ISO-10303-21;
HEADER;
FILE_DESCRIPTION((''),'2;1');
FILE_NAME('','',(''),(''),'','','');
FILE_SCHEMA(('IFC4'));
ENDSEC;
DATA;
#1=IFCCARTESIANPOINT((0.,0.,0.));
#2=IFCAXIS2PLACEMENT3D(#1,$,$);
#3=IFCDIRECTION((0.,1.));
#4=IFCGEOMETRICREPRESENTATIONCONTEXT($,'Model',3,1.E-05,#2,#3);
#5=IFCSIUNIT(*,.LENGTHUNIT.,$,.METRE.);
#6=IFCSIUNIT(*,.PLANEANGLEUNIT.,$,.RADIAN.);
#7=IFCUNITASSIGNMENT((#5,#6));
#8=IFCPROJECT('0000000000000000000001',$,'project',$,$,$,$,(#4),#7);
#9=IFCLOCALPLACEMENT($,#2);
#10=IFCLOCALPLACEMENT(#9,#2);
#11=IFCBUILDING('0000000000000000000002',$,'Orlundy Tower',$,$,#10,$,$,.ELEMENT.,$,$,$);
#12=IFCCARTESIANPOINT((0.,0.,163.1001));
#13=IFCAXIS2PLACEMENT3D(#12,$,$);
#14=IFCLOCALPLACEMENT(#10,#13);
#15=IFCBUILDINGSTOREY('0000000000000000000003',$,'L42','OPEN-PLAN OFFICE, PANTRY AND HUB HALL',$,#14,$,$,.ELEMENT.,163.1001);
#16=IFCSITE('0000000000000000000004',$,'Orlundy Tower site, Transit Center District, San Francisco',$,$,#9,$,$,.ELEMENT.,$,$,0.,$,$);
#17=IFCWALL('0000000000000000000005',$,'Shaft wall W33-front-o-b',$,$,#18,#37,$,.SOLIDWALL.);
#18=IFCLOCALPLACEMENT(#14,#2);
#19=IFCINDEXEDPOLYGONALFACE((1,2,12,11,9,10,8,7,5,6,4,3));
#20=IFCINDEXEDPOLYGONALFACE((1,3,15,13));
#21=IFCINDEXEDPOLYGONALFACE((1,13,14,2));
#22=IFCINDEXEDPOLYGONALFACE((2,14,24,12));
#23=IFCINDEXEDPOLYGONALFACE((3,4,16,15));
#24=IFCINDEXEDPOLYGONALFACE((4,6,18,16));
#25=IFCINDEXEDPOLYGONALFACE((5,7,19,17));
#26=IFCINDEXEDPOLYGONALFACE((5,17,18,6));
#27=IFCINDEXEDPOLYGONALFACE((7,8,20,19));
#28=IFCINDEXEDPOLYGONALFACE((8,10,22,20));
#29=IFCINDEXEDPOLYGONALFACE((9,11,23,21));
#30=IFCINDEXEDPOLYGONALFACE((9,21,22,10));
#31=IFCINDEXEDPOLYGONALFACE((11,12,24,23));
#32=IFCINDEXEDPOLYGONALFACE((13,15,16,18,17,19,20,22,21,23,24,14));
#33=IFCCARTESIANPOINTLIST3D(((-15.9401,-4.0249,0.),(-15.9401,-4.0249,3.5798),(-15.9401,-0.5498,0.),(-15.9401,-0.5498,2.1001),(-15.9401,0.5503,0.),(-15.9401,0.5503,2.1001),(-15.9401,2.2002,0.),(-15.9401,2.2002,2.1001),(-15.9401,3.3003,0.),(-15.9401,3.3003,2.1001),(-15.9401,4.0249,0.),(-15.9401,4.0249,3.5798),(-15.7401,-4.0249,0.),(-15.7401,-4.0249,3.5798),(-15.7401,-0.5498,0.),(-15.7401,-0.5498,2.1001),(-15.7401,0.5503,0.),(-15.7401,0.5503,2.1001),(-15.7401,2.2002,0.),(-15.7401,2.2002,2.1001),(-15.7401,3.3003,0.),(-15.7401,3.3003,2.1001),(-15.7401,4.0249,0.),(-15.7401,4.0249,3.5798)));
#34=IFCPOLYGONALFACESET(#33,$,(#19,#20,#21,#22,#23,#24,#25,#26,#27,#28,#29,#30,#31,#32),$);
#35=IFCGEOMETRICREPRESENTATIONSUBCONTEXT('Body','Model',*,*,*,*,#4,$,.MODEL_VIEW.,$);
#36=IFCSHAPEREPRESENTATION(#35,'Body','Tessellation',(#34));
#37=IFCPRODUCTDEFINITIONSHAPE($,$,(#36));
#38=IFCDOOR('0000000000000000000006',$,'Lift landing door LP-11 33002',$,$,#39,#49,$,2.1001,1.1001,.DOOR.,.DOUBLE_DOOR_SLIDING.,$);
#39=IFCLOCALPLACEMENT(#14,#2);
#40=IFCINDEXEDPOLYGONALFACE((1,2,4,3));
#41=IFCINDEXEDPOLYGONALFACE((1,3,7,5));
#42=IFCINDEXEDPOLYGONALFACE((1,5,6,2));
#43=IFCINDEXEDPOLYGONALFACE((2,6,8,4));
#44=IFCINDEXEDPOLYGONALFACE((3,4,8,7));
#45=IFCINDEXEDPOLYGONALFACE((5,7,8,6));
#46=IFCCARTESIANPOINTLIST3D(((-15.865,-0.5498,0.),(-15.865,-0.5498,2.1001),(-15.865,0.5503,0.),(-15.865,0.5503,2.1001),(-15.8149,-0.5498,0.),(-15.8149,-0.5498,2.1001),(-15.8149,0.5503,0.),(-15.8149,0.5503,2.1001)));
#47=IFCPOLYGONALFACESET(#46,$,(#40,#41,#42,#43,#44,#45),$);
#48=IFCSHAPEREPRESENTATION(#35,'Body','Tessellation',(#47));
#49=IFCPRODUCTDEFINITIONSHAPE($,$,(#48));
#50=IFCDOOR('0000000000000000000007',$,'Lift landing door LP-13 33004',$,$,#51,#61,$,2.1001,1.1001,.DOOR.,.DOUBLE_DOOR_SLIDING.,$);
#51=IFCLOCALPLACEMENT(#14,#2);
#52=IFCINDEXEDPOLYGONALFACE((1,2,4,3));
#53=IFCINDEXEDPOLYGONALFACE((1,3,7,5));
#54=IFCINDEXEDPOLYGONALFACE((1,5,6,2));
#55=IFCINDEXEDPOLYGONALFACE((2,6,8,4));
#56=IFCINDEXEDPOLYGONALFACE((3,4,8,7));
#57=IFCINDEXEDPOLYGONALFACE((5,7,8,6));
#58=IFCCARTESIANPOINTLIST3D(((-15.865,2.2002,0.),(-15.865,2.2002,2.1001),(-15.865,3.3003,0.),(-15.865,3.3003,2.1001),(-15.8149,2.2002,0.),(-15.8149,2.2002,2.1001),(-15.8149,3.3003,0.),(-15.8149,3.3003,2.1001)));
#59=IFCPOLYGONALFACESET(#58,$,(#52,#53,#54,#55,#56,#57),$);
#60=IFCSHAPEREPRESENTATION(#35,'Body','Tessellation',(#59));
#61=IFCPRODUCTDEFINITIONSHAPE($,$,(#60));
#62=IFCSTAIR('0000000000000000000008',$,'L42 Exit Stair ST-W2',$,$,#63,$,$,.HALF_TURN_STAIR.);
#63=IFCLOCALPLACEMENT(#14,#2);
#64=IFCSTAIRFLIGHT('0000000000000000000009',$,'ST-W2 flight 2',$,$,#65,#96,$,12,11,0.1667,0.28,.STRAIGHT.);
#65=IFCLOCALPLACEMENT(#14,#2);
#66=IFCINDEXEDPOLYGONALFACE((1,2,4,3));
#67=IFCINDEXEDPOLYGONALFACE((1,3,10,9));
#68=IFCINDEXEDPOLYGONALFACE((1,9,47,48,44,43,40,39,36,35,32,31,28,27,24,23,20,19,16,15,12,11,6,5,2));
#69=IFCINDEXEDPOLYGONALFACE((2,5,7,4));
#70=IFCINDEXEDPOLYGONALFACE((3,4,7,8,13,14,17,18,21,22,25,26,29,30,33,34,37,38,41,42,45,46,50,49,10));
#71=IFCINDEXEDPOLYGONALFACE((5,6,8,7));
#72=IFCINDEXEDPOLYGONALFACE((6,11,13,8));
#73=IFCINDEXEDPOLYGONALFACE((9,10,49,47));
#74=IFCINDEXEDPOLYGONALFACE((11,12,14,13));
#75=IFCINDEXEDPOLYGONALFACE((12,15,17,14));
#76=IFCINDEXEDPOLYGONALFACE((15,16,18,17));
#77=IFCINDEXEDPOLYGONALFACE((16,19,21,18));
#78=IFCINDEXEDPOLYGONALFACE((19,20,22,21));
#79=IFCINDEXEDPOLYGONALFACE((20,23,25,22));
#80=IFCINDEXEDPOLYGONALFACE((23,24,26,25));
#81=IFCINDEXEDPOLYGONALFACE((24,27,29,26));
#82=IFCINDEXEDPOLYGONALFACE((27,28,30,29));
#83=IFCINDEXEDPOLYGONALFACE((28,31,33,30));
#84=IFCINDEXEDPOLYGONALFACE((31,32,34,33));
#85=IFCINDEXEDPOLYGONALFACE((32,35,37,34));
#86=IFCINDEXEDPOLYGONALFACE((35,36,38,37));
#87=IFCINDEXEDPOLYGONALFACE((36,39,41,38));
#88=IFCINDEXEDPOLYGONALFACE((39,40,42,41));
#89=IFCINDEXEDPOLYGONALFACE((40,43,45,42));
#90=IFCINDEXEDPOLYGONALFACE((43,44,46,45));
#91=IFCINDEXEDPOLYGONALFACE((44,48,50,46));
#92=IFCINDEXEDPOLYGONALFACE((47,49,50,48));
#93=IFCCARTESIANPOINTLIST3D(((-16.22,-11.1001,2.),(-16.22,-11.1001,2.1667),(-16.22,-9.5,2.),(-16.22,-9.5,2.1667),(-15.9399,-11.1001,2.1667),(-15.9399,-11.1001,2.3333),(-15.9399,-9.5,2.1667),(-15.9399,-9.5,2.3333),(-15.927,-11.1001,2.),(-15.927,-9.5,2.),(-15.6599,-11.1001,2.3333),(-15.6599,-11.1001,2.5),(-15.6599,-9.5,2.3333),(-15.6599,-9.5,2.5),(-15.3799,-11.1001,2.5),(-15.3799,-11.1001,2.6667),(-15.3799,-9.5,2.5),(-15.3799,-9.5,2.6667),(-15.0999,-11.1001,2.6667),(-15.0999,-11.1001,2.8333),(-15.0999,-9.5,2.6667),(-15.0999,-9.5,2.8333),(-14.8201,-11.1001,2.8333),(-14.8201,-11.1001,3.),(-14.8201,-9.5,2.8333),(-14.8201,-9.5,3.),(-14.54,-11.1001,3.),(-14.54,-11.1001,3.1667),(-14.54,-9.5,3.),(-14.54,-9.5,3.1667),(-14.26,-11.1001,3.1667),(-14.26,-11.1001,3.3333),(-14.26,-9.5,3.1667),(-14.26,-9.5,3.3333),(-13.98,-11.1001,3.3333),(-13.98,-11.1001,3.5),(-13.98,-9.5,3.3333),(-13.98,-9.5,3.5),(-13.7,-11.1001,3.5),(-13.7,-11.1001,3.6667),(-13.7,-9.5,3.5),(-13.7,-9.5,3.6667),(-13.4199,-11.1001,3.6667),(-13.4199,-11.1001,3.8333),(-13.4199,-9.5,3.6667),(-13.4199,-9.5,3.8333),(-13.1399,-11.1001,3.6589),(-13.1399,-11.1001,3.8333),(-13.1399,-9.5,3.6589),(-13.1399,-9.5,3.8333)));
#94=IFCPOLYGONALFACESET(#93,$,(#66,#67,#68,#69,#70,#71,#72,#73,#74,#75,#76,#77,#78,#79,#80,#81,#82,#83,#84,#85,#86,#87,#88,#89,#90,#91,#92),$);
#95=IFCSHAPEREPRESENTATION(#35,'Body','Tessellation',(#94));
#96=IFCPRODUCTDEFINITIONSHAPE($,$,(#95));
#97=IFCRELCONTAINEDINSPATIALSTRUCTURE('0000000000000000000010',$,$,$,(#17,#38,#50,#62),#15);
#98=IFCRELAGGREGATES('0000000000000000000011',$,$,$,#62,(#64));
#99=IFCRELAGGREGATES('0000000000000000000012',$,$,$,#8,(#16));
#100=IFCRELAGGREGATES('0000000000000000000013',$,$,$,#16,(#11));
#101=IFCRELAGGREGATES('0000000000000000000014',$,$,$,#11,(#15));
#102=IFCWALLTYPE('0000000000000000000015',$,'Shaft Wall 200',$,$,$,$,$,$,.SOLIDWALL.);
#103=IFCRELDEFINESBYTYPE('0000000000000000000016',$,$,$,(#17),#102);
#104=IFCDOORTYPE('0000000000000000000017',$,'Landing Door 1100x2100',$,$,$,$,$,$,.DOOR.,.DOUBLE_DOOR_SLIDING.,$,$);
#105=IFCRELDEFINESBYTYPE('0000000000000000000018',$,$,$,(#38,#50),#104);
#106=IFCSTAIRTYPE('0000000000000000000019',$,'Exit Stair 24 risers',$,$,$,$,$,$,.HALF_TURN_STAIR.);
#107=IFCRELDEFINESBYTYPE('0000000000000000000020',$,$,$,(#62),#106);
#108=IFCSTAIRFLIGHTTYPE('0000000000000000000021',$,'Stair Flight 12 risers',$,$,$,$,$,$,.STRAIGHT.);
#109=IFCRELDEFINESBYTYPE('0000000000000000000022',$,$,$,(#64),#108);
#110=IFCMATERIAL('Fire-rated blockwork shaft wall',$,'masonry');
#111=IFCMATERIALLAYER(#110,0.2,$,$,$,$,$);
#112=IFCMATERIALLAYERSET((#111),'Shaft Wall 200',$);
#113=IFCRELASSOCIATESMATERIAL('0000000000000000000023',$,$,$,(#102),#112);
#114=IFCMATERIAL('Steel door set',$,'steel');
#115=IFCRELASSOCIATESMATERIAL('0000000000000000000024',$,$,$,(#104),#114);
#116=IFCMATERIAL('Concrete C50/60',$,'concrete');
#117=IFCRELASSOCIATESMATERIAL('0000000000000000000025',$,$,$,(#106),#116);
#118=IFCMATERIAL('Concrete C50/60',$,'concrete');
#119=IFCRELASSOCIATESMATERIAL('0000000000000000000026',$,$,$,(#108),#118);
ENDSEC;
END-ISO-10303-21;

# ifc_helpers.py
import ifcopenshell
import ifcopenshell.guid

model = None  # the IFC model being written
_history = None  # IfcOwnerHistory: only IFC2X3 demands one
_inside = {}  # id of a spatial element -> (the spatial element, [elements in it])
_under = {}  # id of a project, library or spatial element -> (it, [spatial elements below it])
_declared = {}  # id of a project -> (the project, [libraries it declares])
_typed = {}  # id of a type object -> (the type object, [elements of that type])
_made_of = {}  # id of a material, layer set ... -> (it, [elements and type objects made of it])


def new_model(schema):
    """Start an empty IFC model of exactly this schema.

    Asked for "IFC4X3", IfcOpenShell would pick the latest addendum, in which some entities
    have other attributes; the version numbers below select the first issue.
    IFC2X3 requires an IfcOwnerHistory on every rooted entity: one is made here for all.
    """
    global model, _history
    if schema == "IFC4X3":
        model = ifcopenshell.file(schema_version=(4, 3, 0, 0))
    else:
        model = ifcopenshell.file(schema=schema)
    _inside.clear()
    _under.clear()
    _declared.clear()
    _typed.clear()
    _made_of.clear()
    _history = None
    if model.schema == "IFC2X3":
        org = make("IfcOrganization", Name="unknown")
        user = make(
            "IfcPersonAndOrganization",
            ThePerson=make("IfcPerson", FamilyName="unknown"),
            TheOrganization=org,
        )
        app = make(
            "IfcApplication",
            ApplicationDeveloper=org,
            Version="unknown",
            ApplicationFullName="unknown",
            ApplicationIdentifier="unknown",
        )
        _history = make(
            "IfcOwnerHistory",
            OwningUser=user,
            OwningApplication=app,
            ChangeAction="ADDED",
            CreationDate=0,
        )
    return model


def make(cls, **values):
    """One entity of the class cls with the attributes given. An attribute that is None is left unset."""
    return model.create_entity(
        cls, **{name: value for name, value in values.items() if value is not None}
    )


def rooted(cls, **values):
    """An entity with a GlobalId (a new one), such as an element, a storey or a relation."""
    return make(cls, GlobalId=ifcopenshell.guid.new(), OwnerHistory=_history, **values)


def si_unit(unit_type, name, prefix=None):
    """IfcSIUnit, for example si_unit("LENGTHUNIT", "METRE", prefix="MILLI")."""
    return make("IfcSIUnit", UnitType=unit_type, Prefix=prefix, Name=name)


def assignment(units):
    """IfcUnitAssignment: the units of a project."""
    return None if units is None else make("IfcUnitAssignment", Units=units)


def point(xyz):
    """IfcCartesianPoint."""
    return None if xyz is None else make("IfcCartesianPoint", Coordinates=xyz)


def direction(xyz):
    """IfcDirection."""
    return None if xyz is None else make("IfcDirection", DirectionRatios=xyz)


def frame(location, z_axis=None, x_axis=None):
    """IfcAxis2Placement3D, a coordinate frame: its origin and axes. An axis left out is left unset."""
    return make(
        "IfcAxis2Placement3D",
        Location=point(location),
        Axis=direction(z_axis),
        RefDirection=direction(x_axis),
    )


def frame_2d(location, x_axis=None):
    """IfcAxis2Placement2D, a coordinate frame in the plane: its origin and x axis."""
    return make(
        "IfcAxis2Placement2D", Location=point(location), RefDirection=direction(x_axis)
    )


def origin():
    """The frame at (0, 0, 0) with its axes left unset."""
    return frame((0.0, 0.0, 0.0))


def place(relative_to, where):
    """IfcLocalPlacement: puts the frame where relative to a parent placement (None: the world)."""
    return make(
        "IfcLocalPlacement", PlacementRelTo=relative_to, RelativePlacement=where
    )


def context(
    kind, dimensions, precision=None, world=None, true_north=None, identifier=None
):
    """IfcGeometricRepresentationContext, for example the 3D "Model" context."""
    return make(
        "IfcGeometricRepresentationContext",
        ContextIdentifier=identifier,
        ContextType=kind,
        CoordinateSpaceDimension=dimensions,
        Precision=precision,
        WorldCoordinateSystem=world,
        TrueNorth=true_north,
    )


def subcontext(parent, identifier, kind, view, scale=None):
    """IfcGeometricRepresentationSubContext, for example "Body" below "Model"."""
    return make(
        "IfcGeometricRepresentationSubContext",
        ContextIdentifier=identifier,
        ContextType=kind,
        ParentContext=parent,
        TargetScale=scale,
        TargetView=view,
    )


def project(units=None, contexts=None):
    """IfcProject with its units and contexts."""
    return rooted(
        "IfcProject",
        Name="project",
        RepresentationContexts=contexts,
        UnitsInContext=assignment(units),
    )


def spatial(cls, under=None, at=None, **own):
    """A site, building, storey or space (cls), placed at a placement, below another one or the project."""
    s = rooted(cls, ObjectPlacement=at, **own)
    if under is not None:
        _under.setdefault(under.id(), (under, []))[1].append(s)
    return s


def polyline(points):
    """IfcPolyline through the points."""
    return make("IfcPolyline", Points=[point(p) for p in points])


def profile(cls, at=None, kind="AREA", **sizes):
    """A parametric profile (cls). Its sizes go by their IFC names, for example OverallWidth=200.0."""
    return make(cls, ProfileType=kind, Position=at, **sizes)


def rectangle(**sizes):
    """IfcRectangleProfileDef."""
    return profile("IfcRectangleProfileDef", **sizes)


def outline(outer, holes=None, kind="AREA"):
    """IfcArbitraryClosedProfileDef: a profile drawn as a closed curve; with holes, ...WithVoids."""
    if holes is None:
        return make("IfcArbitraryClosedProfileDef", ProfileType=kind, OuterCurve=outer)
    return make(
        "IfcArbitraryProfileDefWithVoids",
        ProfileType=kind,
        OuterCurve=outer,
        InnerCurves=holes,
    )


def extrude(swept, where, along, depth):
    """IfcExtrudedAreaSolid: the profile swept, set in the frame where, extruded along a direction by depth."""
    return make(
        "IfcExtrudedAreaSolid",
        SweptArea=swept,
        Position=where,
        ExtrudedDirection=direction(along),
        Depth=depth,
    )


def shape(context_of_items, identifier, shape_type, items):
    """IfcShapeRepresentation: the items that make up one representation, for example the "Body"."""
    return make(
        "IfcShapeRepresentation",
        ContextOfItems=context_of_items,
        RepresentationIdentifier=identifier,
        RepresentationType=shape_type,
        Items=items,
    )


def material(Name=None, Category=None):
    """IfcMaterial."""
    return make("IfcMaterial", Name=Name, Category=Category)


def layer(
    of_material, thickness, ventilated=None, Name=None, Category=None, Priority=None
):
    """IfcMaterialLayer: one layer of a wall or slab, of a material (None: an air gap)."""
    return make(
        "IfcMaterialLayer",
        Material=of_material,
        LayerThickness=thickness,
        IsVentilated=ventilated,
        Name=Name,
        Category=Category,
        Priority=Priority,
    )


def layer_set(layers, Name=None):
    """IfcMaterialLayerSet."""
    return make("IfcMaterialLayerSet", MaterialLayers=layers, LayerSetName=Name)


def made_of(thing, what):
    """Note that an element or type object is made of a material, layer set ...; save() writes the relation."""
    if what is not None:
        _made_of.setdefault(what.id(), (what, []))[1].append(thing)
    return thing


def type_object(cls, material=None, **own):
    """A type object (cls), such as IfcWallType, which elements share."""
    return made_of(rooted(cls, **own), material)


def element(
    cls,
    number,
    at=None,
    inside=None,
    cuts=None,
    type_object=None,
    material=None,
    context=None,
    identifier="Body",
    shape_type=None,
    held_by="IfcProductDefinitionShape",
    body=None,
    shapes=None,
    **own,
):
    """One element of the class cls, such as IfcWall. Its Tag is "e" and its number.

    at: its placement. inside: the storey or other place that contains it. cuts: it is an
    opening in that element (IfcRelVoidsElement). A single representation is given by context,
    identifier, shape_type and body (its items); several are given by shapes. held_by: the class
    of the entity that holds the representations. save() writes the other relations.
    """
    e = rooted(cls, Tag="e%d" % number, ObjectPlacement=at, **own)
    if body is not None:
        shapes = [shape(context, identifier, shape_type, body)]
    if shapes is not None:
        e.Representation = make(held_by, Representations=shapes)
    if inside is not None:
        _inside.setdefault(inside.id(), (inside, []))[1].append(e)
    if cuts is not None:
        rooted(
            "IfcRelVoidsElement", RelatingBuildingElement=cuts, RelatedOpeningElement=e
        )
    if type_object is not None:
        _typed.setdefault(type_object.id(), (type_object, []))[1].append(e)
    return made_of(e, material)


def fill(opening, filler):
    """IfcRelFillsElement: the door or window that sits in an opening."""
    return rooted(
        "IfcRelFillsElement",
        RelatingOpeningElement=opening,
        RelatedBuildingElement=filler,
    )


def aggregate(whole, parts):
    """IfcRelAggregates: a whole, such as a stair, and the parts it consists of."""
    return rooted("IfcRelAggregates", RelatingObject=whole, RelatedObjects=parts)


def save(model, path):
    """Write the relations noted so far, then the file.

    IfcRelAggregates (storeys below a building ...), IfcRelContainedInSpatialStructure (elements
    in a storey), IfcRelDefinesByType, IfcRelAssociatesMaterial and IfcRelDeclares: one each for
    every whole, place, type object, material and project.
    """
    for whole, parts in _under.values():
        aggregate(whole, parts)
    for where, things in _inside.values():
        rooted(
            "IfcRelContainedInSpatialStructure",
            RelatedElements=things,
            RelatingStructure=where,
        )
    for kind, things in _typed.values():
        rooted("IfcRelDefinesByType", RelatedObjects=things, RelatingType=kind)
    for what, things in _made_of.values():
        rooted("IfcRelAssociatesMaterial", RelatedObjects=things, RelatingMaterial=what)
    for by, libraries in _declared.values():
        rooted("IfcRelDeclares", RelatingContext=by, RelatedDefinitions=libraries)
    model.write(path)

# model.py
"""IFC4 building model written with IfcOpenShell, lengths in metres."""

from ifc_helpers import new_model, si_unit, direction, frame, frame_2d, origin, place, context, subcontext, project, spatial, polyline, rectangle, outline, extrude, material, layer, layer_set, type_object, element, fill, aggregate, save


model = new_model("IFC4")

# Units and contexts
model_context = context("Model", 3, precision=1e-05, world=origin(), true_north=direction((0.0, 1.0)))
body_context = subcontext(model_context, "Body", "Model", "MODEL_VIEW")
ifc_project = project(units=[si_unit("LENGTHUNIT", "METRE"), si_unit("PLANEANGLEUNIT", "RADIAN")], contexts=[model_context])

# Site, building, storey
site_placement = place(None, origin())
site = spatial("IfcSite", under=ifc_project, at=site_placement, Name="Orlundy Tower site, Transit Center District, San Francisco", CompositionType="ELEMENT", RefElevation=0.0)
building_placement = place(site_placement, origin())
building = spatial("IfcBuilding", under=site, at=building_placement, Name="Orlundy Tower", CompositionType="ELEMENT")
storey_placement = place(building_placement, frame((0.0, 0.0, 163.1001)))
storey = spatial("IfcBuildingStorey", under=building, at=storey_placement, Name="L42", Description="OPEN-PLAN OFFICE, PANTRY AND HUB HALL", CompositionType="ELEMENT", Elevation=163.1001)

# Shared definitions
ifc_material_1 = material(Name="Fire-rated blockwork shaft wall", Category="masonry")
ifc_layer_1 = layer(ifc_material_1, 0.2)
ifc_layer_set_1 = layer_set([ifc_layer_1], Name="Shaft Wall 200")
wall_type_1 = type_object("IfcWallType", Name="Shaft Wall 200", PredefinedType="SOLIDWALL", material=ifc_layer_set_1)

# Shared definitions
ifc_material_2 = material(Name="Steel door set", Category="steel")
door_type = type_object("IfcDoorType", Name="Landing Door 1100x2100", OperationType="DOUBLE_DOOR_SLIDING", PredefinedType="DOOR", material=ifc_material_2)

# Wall, openings, doors
wall_1_placement = place(storey_placement, frame((-15.8401, -4.0249, 0.0), z_axis=(0.0, 0.0, 1.0), x_axis=(0.0, 1.0, 0.0)))
wall_1 = element("IfcWall", 1, at=wall_1_placement, inside=storey, type_object=wall_type_1, Name="Shaft wall W33-front-o-b", PredefinedType="SOLIDWALL", context=body_context, shape_type="SweptSolid", body=[
    extrude(rectangle(XDim=8.0498, YDim=0.2, at=frame_2d((4.0249, 0.0))), origin(), (0.0, 0.0, 1.0), 3.5798),
])
opening_1_placement = place(wall_1_placement, frame((3.4751, 0.0, 0.0)))
opening_1 = element("IfcOpeningElement", 2, at=opening_1_placement, cuts=wall_1, PredefinedType="OPENING", context=body_context, shape_type="SweptSolid", body=[
    extrude(rectangle(XDim=1.1001, YDim=2.1001, at=frame_2d((0.55, 1.05))), frame((0.0, 0.1101, 0.0), z_axis=(0.0, -1.0, 0.0), x_axis=(1.0, 0.0, 0.0)), (0.0, 0.0, 1.0), 0.2202),
])
opening_2_placement = place(wall_1_placement, frame((6.2251, 0.0, 0.0)))
opening_2 = element("IfcOpeningElement", 3, at=opening_2_placement, cuts=wall_1, PredefinedType="OPENING", context=body_context, shape_type="SweptSolid", body=[
    extrude(rectangle(XDim=1.1001, YDim=2.1001, at=frame_2d((0.55, 1.05))), frame((0.0, 0.1101, 0.0), z_axis=(0.0, -1.0, 0.0), x_axis=(1.0, 0.0, 0.0)), (0.0, 0.0, 1.0), 0.2202),
])
door_1_placement = place(opening_1_placement, origin())
door_1 = element("IfcDoor", 4, at=door_1_placement, inside=storey, type_object=door_type, Name="Lift landing door LP-11 33002", OperationType="DOUBLE_DOOR_SLIDING", OverallHeight=2.1001, OverallWidth=1.1001, PredefinedType="DOOR", context=body_context, shape_type="SweptSolid", body=[
    extrude(rectangle(XDim=1.1001, YDim=2.1001, at=frame_2d((0.55, 1.05))), frame((0.0, 0.0249, 0.0), z_axis=(0.0, -1.0, 0.0), x_axis=(1.0, 0.0, 0.0)), (0.0, 0.0, 1.0), 0.05),
])
fill(opening_1, door_1)
door_2_placement = place(opening_2_placement, origin())
door_2 = element("IfcDoor", 5, at=door_2_placement, inside=storey, type_object=door_type, Name="Lift landing door LP-13 33004", OperationType="DOUBLE_DOOR_SLIDING", OverallHeight=2.1001, OverallWidth=1.1001, PredefinedType="DOOR", context=body_context, shape_type="SweptSolid", body=[
    extrude(rectangle(XDim=1.1001, YDim=2.1001, at=frame_2d((0.55, 1.05))), frame((0.0, 0.0249, 0.0), z_axis=(0.0, -1.0, 0.0), x_axis=(1.0, 0.0, 0.0)), (0.0, 0.0, 1.0), 0.05),
])
fill(opening_2, door_2)

# Stair, stair flight
ifc_material_3 = material(Name="Concrete C50/60", Category="concrete")
stair_type = type_object("IfcStairType", Name="Exit Stair 24 risers", PredefinedType="HALF_TURN_STAIR", material=ifc_material_3)
stair_placement = place(storey_placement, origin())
stair = element("IfcStair", 6, at=stair_placement, inside=storey, type_object=stair_type, Name="L42 Exit Stair ST-W2", PredefinedType="HALF_TURN_STAIR")
ifc_material_4 = material(Name="Concrete C50/60", Category="concrete")
stair_flight_type = type_object("IfcStairFlightType", Name="Stair Flight 12 risers", PredefinedType="STRAIGHT", material=ifc_material_4)
stair_flight_placement = place(storey_placement, frame((-16.22, -10.3, 2.0), z_axis=(0.0, 0.0, 1.0), x_axis=(1.0, 0.0, 0.0)))
stair_flight = element("IfcStairFlight", 7, at=stair_flight_placement, type_object=stair_flight_type, Name="ST-W2 flight 2", NumberOfRisers=12, NumberOfTreads=11, PredefinedType="STRAIGHT", RiserHeight=0.1667, TreadLength=0.28, context=body_context, shape_type="SweptSolid", body=[
    extrude(outline(polyline([(0.0, 0.0), (0.0, 0.1667), (0.28, 0.1667), (0.28, 0.3333), (0.5601, 0.3333), (0.5601, 0.5), (0.8401, 0.5), (0.8401, 0.6667), (1.1201, 0.6667), (1.1201, 0.8333), (1.3999, 0.8333), (1.3999, 1.0), (1.6799, 1.0), (1.6799, 1.1667), (1.96, 1.1667), (1.96, 1.3333), (2.24, 1.3333), (2.24, 1.5), (2.52, 1.5), (2.52, 1.6667), (2.8, 1.6667), (2.8, 1.8333), (3.0801, 1.8333), (3.0801, 2.0), (3.0801, 1.6589), (0.293, 0.0), (0.0, 0.0)])), frame((0.0, 0.8, 0.0), z_axis=(0.0, -1.0, 0.0), x_axis=(1.0, 0.0, 0.0)), (0.0, 0.0, 1.0), 1.6001),
])
aggregate(stair, [stair_flight])

save(model, "model.ifc")
